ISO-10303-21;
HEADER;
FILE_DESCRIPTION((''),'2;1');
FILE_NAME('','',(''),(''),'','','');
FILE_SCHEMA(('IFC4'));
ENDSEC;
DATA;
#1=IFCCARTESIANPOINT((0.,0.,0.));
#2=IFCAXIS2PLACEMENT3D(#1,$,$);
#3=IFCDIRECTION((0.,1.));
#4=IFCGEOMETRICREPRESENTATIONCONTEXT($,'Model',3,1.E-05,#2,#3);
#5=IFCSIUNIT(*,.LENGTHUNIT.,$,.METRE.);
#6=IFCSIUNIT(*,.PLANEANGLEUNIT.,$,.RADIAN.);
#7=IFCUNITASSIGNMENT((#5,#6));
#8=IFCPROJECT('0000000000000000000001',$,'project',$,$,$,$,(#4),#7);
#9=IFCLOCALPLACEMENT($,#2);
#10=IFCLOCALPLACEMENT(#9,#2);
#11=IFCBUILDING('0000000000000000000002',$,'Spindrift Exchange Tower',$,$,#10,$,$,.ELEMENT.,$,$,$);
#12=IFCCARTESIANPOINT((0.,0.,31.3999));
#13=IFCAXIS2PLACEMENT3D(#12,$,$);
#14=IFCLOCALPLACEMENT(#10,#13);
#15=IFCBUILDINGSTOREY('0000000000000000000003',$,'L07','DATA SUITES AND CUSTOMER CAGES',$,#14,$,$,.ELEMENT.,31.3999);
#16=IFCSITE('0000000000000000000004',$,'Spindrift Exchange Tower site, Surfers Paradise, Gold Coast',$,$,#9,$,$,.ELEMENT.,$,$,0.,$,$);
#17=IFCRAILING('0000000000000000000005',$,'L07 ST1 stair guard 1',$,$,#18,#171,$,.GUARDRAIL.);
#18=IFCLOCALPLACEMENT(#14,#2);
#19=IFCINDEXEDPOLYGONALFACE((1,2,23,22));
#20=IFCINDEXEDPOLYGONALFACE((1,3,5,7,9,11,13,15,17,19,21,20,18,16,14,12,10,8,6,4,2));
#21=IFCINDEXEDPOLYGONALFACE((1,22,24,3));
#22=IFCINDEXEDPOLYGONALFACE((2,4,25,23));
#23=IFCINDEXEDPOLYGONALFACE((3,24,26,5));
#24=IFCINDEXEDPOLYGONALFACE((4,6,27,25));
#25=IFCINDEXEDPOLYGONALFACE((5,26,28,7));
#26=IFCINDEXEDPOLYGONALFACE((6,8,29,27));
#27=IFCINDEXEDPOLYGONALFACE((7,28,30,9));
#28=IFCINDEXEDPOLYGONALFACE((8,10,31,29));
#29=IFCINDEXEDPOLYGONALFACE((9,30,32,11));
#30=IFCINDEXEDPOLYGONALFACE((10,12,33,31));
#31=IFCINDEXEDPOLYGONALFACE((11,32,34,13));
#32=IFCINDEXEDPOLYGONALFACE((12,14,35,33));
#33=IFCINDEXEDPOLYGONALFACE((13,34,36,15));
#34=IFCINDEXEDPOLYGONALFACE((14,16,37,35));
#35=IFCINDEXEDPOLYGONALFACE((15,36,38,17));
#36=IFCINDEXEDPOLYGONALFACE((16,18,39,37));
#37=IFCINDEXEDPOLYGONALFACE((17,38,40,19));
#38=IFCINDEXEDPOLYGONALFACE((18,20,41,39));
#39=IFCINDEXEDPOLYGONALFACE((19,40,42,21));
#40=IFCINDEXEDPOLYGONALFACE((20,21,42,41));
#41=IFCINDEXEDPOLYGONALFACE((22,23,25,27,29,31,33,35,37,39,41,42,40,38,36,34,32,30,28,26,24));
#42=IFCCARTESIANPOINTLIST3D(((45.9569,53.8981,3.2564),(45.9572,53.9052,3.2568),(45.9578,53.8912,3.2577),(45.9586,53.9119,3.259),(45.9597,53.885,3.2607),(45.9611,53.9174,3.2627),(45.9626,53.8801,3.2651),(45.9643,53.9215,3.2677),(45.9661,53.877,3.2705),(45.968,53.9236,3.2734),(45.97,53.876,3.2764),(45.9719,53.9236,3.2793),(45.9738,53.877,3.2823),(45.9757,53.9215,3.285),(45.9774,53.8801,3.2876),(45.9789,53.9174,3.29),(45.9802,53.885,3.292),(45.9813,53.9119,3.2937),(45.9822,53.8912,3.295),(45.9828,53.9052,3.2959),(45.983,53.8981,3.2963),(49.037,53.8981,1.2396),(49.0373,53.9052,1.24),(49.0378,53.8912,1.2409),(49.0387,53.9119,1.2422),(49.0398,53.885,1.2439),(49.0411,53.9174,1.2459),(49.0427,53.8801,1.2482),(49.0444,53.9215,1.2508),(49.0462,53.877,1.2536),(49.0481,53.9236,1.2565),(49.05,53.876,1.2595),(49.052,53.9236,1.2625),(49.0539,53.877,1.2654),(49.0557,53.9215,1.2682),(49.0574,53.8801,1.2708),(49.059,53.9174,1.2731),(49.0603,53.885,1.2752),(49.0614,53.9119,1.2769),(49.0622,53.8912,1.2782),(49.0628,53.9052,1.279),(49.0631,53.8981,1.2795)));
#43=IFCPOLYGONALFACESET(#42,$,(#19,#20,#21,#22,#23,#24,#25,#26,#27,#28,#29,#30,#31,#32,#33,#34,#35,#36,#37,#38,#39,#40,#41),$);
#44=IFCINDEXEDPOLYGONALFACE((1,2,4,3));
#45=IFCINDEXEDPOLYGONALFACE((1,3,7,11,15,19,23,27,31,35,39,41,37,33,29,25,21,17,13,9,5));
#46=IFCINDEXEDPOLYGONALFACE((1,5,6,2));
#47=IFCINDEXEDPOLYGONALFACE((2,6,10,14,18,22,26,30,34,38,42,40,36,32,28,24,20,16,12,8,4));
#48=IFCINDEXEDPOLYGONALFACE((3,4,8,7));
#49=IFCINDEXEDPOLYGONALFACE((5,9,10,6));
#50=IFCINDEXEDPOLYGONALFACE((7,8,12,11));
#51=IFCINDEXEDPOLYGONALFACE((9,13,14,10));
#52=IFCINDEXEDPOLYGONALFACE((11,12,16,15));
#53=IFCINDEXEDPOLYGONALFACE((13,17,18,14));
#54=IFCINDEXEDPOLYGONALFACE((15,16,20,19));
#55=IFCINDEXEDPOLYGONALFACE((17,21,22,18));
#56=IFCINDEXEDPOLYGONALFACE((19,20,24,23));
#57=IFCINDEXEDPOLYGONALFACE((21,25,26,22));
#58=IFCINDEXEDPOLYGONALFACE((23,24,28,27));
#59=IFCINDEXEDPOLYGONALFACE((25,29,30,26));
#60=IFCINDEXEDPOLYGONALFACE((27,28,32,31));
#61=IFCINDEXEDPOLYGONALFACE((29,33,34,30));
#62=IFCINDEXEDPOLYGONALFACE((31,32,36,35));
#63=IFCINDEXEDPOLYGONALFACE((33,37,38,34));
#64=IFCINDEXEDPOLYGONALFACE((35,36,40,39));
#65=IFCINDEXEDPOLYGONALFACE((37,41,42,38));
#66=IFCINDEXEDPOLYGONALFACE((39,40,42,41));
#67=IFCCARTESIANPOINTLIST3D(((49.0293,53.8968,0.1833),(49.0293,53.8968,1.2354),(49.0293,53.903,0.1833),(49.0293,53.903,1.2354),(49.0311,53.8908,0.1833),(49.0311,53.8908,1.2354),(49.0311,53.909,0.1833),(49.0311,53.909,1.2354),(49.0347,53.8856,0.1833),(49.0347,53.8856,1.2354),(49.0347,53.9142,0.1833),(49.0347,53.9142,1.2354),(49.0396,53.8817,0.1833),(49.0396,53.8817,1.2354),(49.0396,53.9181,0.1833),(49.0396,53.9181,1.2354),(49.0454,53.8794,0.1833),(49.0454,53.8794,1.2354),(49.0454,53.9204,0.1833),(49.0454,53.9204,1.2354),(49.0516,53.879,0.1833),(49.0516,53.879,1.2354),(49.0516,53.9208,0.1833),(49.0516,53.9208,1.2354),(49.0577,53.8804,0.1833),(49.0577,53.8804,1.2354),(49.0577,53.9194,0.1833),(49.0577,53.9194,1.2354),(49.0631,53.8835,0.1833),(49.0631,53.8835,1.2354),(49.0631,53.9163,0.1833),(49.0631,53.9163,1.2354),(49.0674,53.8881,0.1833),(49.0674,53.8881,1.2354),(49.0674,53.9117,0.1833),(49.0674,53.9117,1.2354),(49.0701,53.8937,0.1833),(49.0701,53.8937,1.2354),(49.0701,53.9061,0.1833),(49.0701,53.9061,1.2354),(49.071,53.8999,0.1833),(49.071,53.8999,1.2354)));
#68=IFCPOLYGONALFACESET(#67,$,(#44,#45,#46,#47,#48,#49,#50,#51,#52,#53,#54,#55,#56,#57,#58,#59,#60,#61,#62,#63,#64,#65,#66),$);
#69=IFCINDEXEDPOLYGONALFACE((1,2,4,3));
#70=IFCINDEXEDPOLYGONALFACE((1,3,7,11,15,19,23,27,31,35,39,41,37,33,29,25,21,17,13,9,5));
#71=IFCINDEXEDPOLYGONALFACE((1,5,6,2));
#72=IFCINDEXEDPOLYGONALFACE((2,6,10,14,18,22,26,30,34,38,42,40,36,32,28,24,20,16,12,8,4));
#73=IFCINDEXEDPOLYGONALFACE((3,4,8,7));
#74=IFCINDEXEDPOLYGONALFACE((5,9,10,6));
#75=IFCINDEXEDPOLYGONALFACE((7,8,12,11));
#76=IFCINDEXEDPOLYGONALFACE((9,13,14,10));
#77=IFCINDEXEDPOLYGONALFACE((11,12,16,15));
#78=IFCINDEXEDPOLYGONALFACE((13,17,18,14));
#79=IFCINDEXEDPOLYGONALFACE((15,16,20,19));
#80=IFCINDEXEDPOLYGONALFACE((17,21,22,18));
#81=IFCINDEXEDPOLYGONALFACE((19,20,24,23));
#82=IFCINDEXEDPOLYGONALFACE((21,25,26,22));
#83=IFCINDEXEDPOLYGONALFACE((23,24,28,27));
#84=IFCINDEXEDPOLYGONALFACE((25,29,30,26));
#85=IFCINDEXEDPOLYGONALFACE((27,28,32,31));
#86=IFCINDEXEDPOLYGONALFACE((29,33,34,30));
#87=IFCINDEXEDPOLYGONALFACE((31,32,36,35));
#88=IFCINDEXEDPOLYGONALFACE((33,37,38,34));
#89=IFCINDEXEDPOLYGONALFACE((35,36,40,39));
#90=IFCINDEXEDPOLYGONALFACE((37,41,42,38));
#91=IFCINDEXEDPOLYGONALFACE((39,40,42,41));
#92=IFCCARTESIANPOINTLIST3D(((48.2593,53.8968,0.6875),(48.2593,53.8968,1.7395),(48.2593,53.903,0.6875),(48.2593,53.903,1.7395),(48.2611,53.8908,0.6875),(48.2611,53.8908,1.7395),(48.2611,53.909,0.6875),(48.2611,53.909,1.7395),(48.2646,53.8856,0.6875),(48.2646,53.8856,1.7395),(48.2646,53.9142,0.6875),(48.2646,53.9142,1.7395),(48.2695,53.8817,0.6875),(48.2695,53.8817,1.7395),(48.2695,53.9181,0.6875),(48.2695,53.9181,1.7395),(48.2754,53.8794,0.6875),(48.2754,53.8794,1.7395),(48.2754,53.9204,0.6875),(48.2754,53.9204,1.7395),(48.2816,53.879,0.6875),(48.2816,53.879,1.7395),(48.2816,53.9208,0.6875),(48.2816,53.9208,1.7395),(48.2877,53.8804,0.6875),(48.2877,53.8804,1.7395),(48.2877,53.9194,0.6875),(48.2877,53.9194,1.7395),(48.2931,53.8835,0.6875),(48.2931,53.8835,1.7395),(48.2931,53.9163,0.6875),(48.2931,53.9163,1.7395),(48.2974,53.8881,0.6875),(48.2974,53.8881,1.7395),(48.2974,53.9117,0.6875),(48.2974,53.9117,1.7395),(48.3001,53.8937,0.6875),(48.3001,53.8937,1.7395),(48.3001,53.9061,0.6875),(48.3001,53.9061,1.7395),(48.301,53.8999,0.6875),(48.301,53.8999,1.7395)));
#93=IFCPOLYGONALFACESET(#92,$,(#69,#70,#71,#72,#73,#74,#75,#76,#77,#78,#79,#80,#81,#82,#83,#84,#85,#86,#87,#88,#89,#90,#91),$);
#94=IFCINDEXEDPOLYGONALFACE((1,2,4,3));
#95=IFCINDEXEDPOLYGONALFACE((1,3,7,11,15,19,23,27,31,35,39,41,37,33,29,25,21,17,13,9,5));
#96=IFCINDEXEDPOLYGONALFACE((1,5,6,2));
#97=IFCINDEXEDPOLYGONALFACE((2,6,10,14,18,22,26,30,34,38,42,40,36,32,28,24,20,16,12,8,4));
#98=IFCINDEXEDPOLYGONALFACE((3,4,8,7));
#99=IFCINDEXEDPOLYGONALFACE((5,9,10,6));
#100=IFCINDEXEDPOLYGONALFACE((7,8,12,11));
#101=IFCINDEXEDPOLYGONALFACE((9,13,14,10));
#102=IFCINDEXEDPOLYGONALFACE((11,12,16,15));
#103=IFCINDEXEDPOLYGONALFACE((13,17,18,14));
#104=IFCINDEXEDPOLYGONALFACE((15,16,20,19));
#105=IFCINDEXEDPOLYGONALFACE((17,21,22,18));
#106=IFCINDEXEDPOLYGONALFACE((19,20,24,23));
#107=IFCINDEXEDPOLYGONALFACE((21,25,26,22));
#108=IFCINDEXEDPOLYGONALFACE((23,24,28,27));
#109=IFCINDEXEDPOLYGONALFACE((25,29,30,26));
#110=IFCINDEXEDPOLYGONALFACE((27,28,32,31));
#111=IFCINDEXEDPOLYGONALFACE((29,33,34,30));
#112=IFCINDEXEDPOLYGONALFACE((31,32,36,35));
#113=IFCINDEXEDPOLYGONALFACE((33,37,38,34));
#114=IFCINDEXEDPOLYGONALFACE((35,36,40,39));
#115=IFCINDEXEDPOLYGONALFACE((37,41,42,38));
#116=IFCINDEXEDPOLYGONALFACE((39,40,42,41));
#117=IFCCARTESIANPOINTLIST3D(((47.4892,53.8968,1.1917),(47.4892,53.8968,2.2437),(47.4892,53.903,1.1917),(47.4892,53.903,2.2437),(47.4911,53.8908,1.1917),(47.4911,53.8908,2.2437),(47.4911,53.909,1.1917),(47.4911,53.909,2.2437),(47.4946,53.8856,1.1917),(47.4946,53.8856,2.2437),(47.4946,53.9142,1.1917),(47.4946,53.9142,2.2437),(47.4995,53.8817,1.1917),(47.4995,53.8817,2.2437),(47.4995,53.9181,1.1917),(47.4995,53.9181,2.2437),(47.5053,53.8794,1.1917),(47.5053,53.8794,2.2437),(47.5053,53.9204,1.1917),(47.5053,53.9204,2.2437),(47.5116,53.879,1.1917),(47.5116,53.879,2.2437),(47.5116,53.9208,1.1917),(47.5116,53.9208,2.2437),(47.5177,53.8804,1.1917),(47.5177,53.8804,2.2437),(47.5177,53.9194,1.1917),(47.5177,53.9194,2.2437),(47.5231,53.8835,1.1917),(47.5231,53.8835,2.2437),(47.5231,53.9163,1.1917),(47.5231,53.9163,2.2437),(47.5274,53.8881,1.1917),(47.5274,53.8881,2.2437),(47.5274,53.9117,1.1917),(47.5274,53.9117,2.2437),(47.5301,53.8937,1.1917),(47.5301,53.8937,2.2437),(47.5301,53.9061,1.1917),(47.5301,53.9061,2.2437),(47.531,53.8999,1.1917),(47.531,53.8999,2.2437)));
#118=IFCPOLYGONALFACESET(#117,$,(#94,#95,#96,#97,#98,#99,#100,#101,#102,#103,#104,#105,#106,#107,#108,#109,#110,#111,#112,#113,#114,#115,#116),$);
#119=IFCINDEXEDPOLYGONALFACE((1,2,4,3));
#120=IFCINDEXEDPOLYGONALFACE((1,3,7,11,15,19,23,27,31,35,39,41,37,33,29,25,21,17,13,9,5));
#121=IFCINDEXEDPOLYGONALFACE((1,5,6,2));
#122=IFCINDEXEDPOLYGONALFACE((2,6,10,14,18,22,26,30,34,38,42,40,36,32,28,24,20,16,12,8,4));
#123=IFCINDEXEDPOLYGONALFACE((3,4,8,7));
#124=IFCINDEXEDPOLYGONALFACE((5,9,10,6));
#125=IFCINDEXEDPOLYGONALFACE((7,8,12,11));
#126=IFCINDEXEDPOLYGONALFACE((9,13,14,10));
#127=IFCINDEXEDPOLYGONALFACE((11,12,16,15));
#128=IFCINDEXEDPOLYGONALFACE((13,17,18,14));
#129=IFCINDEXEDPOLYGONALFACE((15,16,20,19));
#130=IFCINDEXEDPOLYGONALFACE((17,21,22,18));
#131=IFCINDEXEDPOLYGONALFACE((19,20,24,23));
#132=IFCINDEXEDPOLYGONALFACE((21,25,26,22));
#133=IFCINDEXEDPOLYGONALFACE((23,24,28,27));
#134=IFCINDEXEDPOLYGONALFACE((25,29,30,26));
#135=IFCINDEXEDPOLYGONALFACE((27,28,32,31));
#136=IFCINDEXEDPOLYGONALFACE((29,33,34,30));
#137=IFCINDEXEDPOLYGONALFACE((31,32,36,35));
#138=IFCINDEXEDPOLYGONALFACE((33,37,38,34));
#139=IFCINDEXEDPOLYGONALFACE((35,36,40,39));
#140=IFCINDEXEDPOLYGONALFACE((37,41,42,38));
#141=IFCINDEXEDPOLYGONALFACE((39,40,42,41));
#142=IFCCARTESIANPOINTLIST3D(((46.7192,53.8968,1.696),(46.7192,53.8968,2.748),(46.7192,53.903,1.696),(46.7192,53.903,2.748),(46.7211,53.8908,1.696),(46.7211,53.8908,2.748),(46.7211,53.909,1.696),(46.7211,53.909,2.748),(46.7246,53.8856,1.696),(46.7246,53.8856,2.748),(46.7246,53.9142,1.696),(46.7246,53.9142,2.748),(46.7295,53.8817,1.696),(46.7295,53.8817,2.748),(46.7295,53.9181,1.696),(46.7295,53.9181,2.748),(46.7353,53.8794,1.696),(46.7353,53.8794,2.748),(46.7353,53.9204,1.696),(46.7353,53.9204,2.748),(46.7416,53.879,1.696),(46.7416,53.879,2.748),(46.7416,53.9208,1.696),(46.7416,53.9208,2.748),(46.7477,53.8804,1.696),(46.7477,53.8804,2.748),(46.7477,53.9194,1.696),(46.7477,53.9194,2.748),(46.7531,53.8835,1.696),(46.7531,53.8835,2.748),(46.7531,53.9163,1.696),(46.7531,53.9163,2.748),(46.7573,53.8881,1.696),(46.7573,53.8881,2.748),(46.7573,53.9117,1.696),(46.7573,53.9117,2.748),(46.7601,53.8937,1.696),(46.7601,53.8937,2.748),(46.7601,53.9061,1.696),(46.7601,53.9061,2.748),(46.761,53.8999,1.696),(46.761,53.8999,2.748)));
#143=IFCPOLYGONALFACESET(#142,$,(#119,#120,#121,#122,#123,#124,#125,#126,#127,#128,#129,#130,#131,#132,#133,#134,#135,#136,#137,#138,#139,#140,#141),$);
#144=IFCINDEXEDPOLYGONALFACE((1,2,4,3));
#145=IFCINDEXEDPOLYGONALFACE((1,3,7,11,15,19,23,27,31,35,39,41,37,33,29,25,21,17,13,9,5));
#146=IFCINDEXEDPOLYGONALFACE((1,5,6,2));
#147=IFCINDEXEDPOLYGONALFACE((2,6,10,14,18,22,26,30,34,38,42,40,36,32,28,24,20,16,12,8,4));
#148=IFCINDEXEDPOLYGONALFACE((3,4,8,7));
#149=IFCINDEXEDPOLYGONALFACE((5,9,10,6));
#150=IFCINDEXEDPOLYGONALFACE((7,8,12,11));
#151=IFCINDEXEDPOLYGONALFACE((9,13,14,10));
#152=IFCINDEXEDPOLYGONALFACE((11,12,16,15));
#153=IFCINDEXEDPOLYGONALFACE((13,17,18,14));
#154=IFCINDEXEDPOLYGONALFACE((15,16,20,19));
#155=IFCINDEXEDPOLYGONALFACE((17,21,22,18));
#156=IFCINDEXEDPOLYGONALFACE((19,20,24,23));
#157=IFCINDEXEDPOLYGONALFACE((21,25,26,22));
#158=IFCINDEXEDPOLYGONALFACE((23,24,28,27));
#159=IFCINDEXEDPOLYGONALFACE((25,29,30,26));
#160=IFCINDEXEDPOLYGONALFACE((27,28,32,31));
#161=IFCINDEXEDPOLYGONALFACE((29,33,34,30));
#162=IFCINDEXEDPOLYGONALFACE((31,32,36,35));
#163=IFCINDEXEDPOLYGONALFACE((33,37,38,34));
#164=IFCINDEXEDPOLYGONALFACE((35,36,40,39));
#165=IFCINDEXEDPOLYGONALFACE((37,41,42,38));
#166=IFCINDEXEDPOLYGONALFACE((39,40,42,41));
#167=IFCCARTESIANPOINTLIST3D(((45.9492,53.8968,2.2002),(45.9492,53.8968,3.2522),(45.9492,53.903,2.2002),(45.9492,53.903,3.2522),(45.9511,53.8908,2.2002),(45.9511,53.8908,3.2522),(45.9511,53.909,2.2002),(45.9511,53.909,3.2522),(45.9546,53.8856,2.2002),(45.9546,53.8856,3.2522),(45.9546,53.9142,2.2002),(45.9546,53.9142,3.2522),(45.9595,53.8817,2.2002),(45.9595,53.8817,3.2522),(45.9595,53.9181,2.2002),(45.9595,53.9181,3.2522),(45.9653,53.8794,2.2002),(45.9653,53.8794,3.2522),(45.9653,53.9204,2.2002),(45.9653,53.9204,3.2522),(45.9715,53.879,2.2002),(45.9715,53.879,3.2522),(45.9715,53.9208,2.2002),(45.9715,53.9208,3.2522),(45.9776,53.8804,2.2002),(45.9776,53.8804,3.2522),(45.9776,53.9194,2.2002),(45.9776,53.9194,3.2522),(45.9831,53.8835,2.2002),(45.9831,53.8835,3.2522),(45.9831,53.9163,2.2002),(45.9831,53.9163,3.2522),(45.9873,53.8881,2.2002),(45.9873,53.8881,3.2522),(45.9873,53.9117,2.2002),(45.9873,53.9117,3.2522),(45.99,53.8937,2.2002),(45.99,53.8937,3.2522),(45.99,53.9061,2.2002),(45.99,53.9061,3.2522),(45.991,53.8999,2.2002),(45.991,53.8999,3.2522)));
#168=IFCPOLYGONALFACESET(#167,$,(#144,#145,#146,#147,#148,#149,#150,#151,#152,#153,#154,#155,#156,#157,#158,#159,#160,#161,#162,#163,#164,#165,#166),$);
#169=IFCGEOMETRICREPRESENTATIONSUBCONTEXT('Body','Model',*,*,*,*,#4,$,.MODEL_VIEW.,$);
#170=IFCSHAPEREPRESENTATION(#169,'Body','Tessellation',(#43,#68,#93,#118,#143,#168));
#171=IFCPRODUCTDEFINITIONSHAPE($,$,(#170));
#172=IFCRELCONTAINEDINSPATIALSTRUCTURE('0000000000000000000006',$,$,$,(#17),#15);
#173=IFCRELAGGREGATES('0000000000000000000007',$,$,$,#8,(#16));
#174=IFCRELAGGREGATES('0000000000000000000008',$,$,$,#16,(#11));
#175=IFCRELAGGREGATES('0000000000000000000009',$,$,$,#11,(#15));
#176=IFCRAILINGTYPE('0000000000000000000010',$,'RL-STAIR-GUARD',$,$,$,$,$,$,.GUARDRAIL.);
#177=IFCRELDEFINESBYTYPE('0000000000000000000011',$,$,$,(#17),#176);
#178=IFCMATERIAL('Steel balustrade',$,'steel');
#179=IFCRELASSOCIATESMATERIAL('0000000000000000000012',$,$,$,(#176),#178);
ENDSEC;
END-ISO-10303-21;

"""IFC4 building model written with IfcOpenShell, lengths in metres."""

from ifc_helpers import new_model, si_unit, direction, frame, origin, origin_2d, place, context, subcontext, project, spatial, circle, extrude, material, type_object, element, save


model = new_model("IFC4")

# Units and contexts
model_context = context("Model", 3, precision=1e-05, world=origin(), true_north=direction((0.0, 1.0)))
body_context = subcontext(model_context, "Body", "Model", "MODEL_VIEW")
ifc_project = project(units=[si_unit("LENGTHUNIT", "METRE"), si_unit("PLANEANGLEUNIT", "RADIAN")], contexts=[model_context])

# Site, building, storey
site_placement = place(None, origin())
site = spatial("IfcSite", under=ifc_project, at=site_placement, Name="Spindrift Exchange Tower site, Surfers Paradise, Gold Coast", CompositionType="ELEMENT", RefElevation=0.0)
building_placement = place(site_placement, origin())
building = spatial("IfcBuilding", under=site, at=building_placement, Name="Spindrift Exchange Tower", CompositionType="ELEMENT")
storey_placement = place(building_placement, frame((0.0, 0.0, 31.3999)))
storey = spatial("IfcBuildingStorey", under=building, at=storey_placement, Name="L07", Description="DATA SUITES AND CUSTOMER CAGES", CompositionType="ELEMENT", Elevation=31.3999)

# Railing
ifc_material_1 = material(Name="Steel balustrade", Category="steel")
railing_type_1 = type_object("IfcRailingType", Name="RL-STAIR-GUARD", PredefinedType="GUARDRAIL", material=ifc_material_1)
railing_1_placement = place(storey_placement, frame((49.05, 53.8999, 0.1833)))
element("IfcRailing", 1, at=railing_1_placement, inside=storey, type_object=railing_type_1, Name="L07 ST1 stair guard 1", PredefinedType="GUARDRAIL", context=body_context, shape_type="SweptSolid", body=[
    extrude(circle(Radius=0.0239, at=origin_2d()), frame((0.0, 0.0, 1.0762), z_axis=(-0.836603, 0.0, 0.54781), x_axis=(0.0, -1.0, 0.0)), (0.0, 0.0, 1.0), 3.6816),
    extrude(circle(Radius=0.021, at=origin_2d()), origin(), (0.0, 0.0, 1.0), 1.052),
    extrude(circle(Radius=0.021, at=origin_2d()), frame((-0.77, 0.0, 0.5042)), (0.0, 0.0, 1.0), 1.052),
    extrude(circle(Radius=0.021, at=origin_2d()), frame((-1.54, 0.0, 1.0083)), (0.0, 0.0, 1.0), 1.052),
    extrude(circle(Radius=0.021, at=origin_2d()), frame((-2.3101, 0.0, 1.5127)), (0.0, 0.0, 1.0), 1.052),
    extrude(circle(Radius=0.021, at=origin_2d()), frame((-3.0801, 0.0, 2.0168)), (0.0, 0.0, 1.0), 1.052),
])

save(model, "model.ifc")
